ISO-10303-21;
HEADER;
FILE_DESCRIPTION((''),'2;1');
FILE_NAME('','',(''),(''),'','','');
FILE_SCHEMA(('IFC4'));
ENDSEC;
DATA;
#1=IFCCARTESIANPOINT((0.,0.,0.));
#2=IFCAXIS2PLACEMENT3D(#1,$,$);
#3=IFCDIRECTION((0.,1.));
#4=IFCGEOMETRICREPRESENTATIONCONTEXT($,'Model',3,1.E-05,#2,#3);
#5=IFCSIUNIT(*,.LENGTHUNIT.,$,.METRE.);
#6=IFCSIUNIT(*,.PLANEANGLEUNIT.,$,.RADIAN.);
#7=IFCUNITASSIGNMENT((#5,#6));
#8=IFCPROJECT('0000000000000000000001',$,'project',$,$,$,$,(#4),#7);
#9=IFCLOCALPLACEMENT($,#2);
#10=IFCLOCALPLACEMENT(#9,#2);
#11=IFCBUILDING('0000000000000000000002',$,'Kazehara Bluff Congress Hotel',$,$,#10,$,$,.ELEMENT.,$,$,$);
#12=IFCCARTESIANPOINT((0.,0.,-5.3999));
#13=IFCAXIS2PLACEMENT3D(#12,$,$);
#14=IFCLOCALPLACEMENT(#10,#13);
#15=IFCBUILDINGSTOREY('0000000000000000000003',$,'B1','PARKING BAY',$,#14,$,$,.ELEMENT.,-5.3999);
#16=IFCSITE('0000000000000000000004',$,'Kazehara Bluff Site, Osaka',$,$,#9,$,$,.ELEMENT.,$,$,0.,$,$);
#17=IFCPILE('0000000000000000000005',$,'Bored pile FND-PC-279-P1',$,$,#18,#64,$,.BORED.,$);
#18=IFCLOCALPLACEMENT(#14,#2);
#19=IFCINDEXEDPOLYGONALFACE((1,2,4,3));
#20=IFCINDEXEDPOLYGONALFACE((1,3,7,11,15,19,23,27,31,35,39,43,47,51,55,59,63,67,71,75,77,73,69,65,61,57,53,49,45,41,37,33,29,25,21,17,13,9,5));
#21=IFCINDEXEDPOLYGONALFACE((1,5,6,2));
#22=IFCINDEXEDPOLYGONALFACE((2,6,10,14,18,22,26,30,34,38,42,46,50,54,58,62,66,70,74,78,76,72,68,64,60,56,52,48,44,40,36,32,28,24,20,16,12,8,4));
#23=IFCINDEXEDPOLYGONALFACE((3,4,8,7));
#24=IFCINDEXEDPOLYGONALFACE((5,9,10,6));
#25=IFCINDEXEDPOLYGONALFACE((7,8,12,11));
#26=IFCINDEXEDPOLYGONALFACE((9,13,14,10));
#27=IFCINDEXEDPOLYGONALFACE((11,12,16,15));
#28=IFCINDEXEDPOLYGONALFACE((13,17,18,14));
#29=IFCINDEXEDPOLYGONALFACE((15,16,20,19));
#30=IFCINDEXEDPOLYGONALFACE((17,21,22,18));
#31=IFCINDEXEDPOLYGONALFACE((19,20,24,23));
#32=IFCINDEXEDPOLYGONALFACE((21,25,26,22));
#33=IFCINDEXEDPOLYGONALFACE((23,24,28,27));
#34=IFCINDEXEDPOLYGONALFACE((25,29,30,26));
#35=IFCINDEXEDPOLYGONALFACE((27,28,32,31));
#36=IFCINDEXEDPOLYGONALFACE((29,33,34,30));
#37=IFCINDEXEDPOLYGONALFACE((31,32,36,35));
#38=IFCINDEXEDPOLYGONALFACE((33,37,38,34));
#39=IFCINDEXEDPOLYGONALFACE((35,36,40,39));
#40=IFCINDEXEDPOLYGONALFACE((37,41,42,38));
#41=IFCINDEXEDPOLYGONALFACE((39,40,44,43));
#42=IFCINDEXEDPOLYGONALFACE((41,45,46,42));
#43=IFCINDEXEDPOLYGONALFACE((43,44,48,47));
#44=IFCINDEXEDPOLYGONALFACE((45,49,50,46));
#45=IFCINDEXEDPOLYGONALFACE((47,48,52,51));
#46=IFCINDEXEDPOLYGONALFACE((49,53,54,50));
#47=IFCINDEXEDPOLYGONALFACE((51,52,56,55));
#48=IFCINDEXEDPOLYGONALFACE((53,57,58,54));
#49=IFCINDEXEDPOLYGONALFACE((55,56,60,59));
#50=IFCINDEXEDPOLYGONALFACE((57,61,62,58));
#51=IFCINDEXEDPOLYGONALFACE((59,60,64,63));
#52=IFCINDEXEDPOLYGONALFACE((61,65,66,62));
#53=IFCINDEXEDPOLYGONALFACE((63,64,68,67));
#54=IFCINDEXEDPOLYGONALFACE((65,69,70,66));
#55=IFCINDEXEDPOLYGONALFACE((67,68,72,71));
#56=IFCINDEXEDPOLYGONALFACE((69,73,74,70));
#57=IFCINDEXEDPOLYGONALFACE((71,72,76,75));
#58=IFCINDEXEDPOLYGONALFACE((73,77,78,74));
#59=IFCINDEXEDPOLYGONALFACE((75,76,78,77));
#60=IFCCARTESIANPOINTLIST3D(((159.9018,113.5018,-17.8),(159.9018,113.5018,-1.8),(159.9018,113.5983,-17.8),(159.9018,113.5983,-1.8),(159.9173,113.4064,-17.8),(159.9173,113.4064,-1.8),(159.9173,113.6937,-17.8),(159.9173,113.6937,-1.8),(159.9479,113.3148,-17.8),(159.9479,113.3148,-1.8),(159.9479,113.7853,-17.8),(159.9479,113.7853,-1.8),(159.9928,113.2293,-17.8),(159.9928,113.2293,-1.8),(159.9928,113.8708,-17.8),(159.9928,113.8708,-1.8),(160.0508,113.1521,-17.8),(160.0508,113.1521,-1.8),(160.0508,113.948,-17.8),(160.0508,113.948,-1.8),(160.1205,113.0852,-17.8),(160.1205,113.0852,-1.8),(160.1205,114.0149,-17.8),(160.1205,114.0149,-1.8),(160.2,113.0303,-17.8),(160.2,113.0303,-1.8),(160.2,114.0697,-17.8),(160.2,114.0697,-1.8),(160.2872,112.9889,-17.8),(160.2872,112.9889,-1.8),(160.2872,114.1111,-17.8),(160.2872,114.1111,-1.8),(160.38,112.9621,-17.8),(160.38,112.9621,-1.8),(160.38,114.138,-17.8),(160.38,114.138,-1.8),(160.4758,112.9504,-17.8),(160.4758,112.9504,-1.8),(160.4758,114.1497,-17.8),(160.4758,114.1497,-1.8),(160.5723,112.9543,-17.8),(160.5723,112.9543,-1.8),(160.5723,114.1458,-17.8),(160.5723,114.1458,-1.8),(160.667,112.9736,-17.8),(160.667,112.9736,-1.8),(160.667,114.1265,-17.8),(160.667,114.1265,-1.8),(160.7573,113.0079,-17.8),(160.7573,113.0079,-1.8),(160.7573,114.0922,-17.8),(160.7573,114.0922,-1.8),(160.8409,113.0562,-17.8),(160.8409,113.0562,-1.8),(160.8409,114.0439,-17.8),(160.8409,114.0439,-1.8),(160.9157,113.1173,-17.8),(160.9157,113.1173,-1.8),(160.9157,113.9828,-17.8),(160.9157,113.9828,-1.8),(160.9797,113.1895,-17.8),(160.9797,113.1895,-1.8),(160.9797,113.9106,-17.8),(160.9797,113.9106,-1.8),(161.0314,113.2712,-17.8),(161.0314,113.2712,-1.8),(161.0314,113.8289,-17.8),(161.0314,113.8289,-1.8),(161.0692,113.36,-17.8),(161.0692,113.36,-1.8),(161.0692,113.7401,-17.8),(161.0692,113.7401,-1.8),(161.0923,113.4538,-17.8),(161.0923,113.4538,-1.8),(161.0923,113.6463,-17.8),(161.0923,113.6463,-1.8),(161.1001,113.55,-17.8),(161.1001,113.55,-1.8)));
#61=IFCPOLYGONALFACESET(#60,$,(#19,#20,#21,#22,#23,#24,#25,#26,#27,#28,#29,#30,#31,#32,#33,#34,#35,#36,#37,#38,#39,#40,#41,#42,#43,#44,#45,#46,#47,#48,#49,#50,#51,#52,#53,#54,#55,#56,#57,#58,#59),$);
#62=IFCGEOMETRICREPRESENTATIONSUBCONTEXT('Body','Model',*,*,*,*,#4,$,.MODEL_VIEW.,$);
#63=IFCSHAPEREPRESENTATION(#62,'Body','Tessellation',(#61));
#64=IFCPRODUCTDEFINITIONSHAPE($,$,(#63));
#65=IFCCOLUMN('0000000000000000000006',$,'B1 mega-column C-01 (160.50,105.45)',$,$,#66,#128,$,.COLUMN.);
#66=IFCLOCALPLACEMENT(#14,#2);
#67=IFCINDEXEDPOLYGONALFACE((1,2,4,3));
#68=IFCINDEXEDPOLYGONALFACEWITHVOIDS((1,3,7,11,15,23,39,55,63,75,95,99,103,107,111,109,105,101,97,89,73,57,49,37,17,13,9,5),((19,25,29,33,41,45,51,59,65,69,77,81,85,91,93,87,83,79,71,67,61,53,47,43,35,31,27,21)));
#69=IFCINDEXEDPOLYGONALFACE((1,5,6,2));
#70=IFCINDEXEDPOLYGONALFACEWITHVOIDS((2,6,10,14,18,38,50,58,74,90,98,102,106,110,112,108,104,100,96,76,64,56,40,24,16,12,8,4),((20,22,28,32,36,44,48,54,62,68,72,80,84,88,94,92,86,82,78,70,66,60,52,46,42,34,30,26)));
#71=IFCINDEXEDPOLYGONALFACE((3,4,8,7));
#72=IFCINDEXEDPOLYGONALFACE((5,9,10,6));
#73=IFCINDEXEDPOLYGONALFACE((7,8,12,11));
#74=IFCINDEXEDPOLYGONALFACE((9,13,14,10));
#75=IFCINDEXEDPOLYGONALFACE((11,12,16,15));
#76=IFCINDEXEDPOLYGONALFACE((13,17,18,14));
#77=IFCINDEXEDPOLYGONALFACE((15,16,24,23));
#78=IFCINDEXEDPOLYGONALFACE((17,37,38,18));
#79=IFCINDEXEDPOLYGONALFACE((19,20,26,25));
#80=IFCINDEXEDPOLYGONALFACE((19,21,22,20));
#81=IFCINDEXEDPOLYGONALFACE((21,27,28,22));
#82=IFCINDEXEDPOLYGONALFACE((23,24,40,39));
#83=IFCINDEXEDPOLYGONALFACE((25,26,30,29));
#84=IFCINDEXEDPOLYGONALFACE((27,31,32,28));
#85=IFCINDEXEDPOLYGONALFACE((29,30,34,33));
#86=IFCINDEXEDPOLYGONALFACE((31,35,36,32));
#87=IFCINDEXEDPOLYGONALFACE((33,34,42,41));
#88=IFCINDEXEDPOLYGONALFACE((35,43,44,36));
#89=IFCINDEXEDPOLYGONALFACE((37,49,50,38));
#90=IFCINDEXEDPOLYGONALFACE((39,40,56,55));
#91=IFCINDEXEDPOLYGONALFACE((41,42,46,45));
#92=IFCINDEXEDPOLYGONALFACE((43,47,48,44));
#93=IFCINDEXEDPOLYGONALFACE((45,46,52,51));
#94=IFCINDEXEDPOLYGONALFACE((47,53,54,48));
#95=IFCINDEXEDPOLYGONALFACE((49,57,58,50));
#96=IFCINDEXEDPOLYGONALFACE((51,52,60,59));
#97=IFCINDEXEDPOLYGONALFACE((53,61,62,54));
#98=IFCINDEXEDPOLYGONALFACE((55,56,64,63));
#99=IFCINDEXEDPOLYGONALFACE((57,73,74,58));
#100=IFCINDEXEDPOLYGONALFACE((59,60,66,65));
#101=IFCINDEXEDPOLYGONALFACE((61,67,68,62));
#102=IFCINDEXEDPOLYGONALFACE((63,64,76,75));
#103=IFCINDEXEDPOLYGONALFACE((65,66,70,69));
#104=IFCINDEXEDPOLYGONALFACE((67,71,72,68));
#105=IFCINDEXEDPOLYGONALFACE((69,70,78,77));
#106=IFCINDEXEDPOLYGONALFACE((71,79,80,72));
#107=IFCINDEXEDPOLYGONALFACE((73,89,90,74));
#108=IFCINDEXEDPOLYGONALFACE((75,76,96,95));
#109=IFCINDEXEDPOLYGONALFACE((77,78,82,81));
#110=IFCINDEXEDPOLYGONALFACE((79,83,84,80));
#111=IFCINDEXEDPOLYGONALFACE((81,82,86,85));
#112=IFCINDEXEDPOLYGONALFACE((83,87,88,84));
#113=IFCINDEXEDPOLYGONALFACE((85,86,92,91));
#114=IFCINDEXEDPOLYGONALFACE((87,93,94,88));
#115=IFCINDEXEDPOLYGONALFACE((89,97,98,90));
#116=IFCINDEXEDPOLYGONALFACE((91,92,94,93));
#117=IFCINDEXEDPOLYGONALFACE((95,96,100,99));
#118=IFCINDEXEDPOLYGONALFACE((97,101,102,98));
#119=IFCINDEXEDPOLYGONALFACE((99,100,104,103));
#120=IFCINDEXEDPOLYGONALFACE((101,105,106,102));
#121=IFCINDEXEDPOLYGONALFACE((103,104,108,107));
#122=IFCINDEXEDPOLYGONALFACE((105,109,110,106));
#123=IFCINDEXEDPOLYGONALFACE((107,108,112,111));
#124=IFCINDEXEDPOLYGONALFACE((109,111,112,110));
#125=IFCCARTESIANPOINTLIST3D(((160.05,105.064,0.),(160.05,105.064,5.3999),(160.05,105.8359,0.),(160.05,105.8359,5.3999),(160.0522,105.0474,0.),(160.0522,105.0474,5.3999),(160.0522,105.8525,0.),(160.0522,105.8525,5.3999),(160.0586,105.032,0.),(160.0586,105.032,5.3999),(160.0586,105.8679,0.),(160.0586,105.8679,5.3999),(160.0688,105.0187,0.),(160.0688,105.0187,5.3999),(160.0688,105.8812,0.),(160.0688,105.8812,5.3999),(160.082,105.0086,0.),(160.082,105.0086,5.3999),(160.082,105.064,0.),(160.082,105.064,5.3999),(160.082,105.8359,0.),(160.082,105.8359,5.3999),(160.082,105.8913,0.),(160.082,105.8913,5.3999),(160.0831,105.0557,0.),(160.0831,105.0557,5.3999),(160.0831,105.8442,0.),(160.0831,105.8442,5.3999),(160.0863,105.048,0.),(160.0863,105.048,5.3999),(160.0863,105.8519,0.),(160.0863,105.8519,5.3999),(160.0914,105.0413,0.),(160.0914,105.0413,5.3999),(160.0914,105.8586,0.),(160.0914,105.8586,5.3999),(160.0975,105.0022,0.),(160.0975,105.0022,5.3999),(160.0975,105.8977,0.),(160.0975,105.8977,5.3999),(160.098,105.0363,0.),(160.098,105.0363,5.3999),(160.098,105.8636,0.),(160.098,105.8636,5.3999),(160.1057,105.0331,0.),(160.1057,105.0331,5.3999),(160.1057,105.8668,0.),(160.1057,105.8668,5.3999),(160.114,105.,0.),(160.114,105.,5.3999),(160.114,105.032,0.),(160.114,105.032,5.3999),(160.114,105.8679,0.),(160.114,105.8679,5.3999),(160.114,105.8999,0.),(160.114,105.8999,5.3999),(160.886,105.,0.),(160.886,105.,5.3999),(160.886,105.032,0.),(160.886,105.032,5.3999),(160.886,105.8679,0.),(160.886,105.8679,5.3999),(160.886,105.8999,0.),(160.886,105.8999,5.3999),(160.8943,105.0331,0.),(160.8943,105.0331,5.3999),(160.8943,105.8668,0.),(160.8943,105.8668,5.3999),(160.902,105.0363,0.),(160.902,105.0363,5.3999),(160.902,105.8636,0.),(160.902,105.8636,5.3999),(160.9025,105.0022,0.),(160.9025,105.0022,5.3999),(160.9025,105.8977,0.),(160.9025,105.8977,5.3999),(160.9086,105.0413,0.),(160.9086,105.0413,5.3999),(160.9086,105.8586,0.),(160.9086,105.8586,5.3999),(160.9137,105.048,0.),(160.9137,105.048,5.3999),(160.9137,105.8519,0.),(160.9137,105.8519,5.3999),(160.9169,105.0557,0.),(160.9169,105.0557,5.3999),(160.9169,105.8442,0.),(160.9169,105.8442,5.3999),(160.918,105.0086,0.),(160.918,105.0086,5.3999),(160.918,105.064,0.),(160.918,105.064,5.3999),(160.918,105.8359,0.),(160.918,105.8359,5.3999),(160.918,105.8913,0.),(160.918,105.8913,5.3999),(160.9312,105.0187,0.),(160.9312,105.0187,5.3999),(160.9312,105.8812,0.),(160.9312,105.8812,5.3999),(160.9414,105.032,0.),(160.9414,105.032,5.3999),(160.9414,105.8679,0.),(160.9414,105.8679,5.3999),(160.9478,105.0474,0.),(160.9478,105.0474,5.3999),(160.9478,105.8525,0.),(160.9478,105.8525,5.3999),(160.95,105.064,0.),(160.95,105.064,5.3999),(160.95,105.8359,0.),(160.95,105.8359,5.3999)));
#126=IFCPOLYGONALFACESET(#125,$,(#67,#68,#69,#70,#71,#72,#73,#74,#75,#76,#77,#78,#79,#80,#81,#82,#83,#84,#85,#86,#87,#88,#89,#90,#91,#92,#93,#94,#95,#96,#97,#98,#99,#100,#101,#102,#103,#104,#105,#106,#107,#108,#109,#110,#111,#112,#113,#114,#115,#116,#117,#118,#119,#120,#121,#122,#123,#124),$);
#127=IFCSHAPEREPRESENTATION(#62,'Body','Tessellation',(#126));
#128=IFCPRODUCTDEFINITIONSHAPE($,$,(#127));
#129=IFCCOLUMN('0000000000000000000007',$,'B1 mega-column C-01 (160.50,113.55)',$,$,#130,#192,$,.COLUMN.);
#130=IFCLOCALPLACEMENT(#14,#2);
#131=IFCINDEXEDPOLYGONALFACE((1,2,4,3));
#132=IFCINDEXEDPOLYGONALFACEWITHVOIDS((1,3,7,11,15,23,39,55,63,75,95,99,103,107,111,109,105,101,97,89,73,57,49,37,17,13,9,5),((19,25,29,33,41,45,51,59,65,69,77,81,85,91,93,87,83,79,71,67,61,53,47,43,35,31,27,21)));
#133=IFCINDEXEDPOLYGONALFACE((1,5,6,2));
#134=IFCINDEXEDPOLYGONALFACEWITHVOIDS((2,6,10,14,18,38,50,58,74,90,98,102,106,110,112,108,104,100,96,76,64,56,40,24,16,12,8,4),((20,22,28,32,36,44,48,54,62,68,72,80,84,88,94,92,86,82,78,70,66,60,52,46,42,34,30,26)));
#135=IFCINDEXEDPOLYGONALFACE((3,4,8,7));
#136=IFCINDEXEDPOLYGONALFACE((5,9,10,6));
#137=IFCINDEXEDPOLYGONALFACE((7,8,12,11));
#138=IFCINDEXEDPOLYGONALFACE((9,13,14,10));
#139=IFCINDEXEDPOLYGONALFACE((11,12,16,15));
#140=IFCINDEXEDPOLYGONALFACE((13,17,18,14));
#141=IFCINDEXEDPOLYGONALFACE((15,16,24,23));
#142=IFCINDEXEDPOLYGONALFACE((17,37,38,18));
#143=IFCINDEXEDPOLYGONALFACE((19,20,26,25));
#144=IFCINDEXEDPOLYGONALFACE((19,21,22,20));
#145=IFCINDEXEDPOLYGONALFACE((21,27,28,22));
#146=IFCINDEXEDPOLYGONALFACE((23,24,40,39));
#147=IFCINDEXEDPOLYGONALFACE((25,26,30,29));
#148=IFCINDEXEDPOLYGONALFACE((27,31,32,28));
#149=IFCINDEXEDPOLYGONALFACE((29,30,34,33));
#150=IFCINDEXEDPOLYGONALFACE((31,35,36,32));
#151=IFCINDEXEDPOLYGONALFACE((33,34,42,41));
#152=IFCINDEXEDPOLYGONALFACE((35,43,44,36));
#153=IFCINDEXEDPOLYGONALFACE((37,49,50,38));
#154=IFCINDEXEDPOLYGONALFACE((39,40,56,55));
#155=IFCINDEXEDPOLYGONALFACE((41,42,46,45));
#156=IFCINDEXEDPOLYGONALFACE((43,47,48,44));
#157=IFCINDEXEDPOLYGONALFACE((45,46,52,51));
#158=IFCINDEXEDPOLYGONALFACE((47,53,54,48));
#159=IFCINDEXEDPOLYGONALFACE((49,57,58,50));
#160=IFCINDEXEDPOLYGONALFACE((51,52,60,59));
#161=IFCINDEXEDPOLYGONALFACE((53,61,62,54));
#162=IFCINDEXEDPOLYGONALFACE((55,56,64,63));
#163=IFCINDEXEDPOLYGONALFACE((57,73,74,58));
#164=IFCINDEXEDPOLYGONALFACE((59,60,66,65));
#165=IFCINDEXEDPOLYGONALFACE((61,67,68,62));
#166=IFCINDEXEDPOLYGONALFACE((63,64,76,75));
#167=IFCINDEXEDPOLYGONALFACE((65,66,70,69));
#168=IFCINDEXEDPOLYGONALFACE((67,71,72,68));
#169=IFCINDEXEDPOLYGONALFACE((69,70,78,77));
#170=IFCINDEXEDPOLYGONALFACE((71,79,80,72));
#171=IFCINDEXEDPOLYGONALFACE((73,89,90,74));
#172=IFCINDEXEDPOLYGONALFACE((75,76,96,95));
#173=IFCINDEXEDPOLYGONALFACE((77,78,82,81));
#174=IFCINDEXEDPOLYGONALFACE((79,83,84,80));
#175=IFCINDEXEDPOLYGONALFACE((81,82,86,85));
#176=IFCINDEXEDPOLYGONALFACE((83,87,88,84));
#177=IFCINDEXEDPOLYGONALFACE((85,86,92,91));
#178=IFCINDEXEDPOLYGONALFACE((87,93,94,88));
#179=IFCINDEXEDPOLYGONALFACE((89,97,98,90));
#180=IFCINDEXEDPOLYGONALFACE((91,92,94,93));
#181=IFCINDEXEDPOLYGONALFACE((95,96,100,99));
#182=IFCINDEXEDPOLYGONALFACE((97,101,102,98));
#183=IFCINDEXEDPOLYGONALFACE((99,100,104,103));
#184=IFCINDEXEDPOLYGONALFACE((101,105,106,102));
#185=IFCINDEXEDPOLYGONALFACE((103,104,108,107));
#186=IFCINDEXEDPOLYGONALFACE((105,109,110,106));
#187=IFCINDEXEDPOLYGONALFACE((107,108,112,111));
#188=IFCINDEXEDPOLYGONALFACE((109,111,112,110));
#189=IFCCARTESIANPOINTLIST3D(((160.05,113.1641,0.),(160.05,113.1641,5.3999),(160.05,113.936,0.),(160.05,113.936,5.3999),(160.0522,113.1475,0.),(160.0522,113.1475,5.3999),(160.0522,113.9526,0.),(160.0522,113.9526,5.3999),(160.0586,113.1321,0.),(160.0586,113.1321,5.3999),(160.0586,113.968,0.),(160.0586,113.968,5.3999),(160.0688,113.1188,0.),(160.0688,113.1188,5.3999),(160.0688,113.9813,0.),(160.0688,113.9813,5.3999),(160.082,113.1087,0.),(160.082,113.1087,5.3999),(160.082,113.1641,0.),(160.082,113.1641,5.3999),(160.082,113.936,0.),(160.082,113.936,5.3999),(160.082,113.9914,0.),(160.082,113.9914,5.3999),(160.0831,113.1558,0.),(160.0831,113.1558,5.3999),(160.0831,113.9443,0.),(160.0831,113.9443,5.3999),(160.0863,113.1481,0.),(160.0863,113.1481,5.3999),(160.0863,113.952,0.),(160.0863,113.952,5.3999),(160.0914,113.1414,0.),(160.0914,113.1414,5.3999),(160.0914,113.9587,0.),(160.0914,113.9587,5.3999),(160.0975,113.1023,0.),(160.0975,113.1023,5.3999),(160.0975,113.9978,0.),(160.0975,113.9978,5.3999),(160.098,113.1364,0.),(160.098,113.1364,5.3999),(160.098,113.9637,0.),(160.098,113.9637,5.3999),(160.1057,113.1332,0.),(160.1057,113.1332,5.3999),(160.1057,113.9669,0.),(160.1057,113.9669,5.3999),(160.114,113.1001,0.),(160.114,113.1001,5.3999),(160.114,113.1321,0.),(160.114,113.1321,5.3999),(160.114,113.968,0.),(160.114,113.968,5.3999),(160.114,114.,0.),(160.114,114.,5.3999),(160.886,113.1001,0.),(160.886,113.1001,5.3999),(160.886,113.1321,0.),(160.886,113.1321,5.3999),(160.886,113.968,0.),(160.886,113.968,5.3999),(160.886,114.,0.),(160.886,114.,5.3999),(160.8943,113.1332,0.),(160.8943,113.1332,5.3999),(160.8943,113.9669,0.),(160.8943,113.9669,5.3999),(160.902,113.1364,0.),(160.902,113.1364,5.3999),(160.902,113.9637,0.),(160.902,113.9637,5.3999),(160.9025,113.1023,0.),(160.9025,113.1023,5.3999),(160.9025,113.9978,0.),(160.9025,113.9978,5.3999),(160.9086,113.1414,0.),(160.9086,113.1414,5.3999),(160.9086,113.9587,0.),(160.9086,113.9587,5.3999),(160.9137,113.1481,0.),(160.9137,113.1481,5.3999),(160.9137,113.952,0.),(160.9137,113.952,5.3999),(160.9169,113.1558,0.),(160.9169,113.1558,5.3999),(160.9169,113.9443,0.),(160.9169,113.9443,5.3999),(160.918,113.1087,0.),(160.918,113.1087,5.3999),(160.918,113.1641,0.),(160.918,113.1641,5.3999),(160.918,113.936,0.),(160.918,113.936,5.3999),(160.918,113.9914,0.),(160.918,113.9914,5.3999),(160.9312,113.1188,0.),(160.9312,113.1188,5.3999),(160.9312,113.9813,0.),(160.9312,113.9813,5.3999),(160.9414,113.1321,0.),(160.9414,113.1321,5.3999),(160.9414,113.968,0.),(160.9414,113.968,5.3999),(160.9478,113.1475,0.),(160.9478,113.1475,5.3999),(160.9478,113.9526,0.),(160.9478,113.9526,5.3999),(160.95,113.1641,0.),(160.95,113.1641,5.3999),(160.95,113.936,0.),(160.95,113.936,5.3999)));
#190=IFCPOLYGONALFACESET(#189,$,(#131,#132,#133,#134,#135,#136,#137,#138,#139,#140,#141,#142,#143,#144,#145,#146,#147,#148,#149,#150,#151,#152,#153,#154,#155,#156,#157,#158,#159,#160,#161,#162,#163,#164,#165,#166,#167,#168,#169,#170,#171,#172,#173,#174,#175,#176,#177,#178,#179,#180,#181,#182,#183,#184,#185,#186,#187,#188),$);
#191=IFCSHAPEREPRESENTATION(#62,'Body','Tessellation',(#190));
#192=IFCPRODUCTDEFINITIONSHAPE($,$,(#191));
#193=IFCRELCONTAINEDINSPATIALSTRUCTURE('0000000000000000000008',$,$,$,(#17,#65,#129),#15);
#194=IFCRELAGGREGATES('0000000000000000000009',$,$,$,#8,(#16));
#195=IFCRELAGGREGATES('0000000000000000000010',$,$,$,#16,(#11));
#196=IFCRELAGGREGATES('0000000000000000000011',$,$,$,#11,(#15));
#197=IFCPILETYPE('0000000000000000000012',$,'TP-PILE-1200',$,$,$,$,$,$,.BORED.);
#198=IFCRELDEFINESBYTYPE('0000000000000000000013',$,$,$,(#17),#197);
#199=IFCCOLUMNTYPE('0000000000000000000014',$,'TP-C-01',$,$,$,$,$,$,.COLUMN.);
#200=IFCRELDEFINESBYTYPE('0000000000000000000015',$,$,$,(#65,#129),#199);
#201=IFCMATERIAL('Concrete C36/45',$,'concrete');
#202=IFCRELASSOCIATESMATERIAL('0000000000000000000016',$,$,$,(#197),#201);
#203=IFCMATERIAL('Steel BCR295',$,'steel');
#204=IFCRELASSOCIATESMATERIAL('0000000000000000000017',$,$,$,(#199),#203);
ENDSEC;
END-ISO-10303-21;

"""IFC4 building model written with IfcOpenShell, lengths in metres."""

from ifc_helpers import new_model, si_unit, direction, frame, origin, origin_2d, place, context, subcontext, project, spatial, hollow_rectangle, circle, extrude, material, material_profile, profile_set, type_object, element, save


model = new_model("IFC4")

# Units and contexts
model_context = context("Model", 3, precision=1e-05, world=origin(), true_north=direction((0.0, 1.0)))
body_context = subcontext(model_context, "Body", "Model", "MODEL_VIEW")
ifc_project = project(units=[si_unit("LENGTHUNIT", "METRE"), si_unit("PLANEANGLEUNIT", "RADIAN")], contexts=[model_context])

# Site, building, storey
site_placement = place(None, origin())
site = spatial("IfcSite", under=ifc_project, at=site_placement, Name="Kazehara Bluff Site, Osaka", CompositionType="ELEMENT", RefElevation=0.0)
building_placement = place(site_placement, origin())
building = spatial("IfcBuilding", under=site, at=building_placement, Name="Kazehara Bluff Congress Hotel", CompositionType="ELEMENT")
storey_placement = place(building_placement, frame((0.0, 0.0, -5.3999)))
storey = spatial("IfcBuildingStorey", under=building, at=storey_placement, Name="B1", Description="PARKING BAY", CompositionType="ELEMENT", Elevation=-5.3999)

# Pile
ifc_material_1 = material(Name="Concrete C36/45", Category="concrete")
ifc_material_profile_1 = material_profile(ifc_material_1, circle(Radius=0.6001, at=origin_2d()))
ifc_profile_set_1 = profile_set([ifc_material_profile_1], Name="Concrete C36/45")
pile_type = type_object("IfcPileType", Name="TP-PILE-1200", PredefinedType="BORED", material=ifc_profile_set_1)
for number, where, z_axis, x_axis, name in (
    (1, (160.5, 113.55, -1.8), (0.0, 0.0, -1.0), (1.0, 0.0, 0.0), "Bored pile FND-PC-279-P1"),
):
    element("IfcPile", number, at=place(storey_placement, frame(where, z_axis=z_axis, x_axis=x_axis)), inside=storey, type_object=pile_type, Name=name, PredefinedType="BORED", context=body_context, shape_type="SweptSolid", body=[
        extrude(circle(Radius=0.6001, at=origin_2d()), origin(), (0.0, 0.0, 1.0), 16.0),
    ])

# Columns
ifc_material_2 = material(Name="Steel BCR295", Category="steel")
ifc_material_profile_2 = material_profile(ifc_material_2, hollow_rectangle(XDim=0.8999, YDim=0.8999, WallThickness=0.032, InnerFilletRadius=0.032, OuterFilletRadius=0.064, at=origin_2d()))
ifc_profile_set_2 = profile_set([ifc_material_profile_2], Name="Steel BCR295")
column_type_1 = type_object("IfcColumnType", Name="TP-C-01", PredefinedType="COLUMN", material=ifc_profile_set_2)
for number, where, z_axis, x_axis, name in (
    (2, (160.5, 105.45, 0.0), (0.0, 0.0, 1.0), (1.0, 0.0, 0.0), "B1 mega-column C-01 (160.50,105.45)"),
    (3, (160.5, 113.55, 0.0), (0.0, 0.0, 1.0), (1.0, 0.0, 0.0), "B1 mega-column C-01 (160.50,113.55)"),
):
    element("IfcColumn", number, at=place(storey_placement, frame(where, z_axis=z_axis, x_axis=x_axis)), inside=storey, type_object=column_type_1, Name=name, PredefinedType="COLUMN", context=body_context, shape_type="SweptSolid", body=[
        extrude(hollow_rectangle(XDim=0.8999, YDim=0.8999, WallThickness=0.032, InnerFilletRadius=0.032, OuterFilletRadius=0.064, at=origin_2d()), origin(), (0.0, 0.0, 1.0), 5.3999),
    ])

save(model, "model.ifc")
